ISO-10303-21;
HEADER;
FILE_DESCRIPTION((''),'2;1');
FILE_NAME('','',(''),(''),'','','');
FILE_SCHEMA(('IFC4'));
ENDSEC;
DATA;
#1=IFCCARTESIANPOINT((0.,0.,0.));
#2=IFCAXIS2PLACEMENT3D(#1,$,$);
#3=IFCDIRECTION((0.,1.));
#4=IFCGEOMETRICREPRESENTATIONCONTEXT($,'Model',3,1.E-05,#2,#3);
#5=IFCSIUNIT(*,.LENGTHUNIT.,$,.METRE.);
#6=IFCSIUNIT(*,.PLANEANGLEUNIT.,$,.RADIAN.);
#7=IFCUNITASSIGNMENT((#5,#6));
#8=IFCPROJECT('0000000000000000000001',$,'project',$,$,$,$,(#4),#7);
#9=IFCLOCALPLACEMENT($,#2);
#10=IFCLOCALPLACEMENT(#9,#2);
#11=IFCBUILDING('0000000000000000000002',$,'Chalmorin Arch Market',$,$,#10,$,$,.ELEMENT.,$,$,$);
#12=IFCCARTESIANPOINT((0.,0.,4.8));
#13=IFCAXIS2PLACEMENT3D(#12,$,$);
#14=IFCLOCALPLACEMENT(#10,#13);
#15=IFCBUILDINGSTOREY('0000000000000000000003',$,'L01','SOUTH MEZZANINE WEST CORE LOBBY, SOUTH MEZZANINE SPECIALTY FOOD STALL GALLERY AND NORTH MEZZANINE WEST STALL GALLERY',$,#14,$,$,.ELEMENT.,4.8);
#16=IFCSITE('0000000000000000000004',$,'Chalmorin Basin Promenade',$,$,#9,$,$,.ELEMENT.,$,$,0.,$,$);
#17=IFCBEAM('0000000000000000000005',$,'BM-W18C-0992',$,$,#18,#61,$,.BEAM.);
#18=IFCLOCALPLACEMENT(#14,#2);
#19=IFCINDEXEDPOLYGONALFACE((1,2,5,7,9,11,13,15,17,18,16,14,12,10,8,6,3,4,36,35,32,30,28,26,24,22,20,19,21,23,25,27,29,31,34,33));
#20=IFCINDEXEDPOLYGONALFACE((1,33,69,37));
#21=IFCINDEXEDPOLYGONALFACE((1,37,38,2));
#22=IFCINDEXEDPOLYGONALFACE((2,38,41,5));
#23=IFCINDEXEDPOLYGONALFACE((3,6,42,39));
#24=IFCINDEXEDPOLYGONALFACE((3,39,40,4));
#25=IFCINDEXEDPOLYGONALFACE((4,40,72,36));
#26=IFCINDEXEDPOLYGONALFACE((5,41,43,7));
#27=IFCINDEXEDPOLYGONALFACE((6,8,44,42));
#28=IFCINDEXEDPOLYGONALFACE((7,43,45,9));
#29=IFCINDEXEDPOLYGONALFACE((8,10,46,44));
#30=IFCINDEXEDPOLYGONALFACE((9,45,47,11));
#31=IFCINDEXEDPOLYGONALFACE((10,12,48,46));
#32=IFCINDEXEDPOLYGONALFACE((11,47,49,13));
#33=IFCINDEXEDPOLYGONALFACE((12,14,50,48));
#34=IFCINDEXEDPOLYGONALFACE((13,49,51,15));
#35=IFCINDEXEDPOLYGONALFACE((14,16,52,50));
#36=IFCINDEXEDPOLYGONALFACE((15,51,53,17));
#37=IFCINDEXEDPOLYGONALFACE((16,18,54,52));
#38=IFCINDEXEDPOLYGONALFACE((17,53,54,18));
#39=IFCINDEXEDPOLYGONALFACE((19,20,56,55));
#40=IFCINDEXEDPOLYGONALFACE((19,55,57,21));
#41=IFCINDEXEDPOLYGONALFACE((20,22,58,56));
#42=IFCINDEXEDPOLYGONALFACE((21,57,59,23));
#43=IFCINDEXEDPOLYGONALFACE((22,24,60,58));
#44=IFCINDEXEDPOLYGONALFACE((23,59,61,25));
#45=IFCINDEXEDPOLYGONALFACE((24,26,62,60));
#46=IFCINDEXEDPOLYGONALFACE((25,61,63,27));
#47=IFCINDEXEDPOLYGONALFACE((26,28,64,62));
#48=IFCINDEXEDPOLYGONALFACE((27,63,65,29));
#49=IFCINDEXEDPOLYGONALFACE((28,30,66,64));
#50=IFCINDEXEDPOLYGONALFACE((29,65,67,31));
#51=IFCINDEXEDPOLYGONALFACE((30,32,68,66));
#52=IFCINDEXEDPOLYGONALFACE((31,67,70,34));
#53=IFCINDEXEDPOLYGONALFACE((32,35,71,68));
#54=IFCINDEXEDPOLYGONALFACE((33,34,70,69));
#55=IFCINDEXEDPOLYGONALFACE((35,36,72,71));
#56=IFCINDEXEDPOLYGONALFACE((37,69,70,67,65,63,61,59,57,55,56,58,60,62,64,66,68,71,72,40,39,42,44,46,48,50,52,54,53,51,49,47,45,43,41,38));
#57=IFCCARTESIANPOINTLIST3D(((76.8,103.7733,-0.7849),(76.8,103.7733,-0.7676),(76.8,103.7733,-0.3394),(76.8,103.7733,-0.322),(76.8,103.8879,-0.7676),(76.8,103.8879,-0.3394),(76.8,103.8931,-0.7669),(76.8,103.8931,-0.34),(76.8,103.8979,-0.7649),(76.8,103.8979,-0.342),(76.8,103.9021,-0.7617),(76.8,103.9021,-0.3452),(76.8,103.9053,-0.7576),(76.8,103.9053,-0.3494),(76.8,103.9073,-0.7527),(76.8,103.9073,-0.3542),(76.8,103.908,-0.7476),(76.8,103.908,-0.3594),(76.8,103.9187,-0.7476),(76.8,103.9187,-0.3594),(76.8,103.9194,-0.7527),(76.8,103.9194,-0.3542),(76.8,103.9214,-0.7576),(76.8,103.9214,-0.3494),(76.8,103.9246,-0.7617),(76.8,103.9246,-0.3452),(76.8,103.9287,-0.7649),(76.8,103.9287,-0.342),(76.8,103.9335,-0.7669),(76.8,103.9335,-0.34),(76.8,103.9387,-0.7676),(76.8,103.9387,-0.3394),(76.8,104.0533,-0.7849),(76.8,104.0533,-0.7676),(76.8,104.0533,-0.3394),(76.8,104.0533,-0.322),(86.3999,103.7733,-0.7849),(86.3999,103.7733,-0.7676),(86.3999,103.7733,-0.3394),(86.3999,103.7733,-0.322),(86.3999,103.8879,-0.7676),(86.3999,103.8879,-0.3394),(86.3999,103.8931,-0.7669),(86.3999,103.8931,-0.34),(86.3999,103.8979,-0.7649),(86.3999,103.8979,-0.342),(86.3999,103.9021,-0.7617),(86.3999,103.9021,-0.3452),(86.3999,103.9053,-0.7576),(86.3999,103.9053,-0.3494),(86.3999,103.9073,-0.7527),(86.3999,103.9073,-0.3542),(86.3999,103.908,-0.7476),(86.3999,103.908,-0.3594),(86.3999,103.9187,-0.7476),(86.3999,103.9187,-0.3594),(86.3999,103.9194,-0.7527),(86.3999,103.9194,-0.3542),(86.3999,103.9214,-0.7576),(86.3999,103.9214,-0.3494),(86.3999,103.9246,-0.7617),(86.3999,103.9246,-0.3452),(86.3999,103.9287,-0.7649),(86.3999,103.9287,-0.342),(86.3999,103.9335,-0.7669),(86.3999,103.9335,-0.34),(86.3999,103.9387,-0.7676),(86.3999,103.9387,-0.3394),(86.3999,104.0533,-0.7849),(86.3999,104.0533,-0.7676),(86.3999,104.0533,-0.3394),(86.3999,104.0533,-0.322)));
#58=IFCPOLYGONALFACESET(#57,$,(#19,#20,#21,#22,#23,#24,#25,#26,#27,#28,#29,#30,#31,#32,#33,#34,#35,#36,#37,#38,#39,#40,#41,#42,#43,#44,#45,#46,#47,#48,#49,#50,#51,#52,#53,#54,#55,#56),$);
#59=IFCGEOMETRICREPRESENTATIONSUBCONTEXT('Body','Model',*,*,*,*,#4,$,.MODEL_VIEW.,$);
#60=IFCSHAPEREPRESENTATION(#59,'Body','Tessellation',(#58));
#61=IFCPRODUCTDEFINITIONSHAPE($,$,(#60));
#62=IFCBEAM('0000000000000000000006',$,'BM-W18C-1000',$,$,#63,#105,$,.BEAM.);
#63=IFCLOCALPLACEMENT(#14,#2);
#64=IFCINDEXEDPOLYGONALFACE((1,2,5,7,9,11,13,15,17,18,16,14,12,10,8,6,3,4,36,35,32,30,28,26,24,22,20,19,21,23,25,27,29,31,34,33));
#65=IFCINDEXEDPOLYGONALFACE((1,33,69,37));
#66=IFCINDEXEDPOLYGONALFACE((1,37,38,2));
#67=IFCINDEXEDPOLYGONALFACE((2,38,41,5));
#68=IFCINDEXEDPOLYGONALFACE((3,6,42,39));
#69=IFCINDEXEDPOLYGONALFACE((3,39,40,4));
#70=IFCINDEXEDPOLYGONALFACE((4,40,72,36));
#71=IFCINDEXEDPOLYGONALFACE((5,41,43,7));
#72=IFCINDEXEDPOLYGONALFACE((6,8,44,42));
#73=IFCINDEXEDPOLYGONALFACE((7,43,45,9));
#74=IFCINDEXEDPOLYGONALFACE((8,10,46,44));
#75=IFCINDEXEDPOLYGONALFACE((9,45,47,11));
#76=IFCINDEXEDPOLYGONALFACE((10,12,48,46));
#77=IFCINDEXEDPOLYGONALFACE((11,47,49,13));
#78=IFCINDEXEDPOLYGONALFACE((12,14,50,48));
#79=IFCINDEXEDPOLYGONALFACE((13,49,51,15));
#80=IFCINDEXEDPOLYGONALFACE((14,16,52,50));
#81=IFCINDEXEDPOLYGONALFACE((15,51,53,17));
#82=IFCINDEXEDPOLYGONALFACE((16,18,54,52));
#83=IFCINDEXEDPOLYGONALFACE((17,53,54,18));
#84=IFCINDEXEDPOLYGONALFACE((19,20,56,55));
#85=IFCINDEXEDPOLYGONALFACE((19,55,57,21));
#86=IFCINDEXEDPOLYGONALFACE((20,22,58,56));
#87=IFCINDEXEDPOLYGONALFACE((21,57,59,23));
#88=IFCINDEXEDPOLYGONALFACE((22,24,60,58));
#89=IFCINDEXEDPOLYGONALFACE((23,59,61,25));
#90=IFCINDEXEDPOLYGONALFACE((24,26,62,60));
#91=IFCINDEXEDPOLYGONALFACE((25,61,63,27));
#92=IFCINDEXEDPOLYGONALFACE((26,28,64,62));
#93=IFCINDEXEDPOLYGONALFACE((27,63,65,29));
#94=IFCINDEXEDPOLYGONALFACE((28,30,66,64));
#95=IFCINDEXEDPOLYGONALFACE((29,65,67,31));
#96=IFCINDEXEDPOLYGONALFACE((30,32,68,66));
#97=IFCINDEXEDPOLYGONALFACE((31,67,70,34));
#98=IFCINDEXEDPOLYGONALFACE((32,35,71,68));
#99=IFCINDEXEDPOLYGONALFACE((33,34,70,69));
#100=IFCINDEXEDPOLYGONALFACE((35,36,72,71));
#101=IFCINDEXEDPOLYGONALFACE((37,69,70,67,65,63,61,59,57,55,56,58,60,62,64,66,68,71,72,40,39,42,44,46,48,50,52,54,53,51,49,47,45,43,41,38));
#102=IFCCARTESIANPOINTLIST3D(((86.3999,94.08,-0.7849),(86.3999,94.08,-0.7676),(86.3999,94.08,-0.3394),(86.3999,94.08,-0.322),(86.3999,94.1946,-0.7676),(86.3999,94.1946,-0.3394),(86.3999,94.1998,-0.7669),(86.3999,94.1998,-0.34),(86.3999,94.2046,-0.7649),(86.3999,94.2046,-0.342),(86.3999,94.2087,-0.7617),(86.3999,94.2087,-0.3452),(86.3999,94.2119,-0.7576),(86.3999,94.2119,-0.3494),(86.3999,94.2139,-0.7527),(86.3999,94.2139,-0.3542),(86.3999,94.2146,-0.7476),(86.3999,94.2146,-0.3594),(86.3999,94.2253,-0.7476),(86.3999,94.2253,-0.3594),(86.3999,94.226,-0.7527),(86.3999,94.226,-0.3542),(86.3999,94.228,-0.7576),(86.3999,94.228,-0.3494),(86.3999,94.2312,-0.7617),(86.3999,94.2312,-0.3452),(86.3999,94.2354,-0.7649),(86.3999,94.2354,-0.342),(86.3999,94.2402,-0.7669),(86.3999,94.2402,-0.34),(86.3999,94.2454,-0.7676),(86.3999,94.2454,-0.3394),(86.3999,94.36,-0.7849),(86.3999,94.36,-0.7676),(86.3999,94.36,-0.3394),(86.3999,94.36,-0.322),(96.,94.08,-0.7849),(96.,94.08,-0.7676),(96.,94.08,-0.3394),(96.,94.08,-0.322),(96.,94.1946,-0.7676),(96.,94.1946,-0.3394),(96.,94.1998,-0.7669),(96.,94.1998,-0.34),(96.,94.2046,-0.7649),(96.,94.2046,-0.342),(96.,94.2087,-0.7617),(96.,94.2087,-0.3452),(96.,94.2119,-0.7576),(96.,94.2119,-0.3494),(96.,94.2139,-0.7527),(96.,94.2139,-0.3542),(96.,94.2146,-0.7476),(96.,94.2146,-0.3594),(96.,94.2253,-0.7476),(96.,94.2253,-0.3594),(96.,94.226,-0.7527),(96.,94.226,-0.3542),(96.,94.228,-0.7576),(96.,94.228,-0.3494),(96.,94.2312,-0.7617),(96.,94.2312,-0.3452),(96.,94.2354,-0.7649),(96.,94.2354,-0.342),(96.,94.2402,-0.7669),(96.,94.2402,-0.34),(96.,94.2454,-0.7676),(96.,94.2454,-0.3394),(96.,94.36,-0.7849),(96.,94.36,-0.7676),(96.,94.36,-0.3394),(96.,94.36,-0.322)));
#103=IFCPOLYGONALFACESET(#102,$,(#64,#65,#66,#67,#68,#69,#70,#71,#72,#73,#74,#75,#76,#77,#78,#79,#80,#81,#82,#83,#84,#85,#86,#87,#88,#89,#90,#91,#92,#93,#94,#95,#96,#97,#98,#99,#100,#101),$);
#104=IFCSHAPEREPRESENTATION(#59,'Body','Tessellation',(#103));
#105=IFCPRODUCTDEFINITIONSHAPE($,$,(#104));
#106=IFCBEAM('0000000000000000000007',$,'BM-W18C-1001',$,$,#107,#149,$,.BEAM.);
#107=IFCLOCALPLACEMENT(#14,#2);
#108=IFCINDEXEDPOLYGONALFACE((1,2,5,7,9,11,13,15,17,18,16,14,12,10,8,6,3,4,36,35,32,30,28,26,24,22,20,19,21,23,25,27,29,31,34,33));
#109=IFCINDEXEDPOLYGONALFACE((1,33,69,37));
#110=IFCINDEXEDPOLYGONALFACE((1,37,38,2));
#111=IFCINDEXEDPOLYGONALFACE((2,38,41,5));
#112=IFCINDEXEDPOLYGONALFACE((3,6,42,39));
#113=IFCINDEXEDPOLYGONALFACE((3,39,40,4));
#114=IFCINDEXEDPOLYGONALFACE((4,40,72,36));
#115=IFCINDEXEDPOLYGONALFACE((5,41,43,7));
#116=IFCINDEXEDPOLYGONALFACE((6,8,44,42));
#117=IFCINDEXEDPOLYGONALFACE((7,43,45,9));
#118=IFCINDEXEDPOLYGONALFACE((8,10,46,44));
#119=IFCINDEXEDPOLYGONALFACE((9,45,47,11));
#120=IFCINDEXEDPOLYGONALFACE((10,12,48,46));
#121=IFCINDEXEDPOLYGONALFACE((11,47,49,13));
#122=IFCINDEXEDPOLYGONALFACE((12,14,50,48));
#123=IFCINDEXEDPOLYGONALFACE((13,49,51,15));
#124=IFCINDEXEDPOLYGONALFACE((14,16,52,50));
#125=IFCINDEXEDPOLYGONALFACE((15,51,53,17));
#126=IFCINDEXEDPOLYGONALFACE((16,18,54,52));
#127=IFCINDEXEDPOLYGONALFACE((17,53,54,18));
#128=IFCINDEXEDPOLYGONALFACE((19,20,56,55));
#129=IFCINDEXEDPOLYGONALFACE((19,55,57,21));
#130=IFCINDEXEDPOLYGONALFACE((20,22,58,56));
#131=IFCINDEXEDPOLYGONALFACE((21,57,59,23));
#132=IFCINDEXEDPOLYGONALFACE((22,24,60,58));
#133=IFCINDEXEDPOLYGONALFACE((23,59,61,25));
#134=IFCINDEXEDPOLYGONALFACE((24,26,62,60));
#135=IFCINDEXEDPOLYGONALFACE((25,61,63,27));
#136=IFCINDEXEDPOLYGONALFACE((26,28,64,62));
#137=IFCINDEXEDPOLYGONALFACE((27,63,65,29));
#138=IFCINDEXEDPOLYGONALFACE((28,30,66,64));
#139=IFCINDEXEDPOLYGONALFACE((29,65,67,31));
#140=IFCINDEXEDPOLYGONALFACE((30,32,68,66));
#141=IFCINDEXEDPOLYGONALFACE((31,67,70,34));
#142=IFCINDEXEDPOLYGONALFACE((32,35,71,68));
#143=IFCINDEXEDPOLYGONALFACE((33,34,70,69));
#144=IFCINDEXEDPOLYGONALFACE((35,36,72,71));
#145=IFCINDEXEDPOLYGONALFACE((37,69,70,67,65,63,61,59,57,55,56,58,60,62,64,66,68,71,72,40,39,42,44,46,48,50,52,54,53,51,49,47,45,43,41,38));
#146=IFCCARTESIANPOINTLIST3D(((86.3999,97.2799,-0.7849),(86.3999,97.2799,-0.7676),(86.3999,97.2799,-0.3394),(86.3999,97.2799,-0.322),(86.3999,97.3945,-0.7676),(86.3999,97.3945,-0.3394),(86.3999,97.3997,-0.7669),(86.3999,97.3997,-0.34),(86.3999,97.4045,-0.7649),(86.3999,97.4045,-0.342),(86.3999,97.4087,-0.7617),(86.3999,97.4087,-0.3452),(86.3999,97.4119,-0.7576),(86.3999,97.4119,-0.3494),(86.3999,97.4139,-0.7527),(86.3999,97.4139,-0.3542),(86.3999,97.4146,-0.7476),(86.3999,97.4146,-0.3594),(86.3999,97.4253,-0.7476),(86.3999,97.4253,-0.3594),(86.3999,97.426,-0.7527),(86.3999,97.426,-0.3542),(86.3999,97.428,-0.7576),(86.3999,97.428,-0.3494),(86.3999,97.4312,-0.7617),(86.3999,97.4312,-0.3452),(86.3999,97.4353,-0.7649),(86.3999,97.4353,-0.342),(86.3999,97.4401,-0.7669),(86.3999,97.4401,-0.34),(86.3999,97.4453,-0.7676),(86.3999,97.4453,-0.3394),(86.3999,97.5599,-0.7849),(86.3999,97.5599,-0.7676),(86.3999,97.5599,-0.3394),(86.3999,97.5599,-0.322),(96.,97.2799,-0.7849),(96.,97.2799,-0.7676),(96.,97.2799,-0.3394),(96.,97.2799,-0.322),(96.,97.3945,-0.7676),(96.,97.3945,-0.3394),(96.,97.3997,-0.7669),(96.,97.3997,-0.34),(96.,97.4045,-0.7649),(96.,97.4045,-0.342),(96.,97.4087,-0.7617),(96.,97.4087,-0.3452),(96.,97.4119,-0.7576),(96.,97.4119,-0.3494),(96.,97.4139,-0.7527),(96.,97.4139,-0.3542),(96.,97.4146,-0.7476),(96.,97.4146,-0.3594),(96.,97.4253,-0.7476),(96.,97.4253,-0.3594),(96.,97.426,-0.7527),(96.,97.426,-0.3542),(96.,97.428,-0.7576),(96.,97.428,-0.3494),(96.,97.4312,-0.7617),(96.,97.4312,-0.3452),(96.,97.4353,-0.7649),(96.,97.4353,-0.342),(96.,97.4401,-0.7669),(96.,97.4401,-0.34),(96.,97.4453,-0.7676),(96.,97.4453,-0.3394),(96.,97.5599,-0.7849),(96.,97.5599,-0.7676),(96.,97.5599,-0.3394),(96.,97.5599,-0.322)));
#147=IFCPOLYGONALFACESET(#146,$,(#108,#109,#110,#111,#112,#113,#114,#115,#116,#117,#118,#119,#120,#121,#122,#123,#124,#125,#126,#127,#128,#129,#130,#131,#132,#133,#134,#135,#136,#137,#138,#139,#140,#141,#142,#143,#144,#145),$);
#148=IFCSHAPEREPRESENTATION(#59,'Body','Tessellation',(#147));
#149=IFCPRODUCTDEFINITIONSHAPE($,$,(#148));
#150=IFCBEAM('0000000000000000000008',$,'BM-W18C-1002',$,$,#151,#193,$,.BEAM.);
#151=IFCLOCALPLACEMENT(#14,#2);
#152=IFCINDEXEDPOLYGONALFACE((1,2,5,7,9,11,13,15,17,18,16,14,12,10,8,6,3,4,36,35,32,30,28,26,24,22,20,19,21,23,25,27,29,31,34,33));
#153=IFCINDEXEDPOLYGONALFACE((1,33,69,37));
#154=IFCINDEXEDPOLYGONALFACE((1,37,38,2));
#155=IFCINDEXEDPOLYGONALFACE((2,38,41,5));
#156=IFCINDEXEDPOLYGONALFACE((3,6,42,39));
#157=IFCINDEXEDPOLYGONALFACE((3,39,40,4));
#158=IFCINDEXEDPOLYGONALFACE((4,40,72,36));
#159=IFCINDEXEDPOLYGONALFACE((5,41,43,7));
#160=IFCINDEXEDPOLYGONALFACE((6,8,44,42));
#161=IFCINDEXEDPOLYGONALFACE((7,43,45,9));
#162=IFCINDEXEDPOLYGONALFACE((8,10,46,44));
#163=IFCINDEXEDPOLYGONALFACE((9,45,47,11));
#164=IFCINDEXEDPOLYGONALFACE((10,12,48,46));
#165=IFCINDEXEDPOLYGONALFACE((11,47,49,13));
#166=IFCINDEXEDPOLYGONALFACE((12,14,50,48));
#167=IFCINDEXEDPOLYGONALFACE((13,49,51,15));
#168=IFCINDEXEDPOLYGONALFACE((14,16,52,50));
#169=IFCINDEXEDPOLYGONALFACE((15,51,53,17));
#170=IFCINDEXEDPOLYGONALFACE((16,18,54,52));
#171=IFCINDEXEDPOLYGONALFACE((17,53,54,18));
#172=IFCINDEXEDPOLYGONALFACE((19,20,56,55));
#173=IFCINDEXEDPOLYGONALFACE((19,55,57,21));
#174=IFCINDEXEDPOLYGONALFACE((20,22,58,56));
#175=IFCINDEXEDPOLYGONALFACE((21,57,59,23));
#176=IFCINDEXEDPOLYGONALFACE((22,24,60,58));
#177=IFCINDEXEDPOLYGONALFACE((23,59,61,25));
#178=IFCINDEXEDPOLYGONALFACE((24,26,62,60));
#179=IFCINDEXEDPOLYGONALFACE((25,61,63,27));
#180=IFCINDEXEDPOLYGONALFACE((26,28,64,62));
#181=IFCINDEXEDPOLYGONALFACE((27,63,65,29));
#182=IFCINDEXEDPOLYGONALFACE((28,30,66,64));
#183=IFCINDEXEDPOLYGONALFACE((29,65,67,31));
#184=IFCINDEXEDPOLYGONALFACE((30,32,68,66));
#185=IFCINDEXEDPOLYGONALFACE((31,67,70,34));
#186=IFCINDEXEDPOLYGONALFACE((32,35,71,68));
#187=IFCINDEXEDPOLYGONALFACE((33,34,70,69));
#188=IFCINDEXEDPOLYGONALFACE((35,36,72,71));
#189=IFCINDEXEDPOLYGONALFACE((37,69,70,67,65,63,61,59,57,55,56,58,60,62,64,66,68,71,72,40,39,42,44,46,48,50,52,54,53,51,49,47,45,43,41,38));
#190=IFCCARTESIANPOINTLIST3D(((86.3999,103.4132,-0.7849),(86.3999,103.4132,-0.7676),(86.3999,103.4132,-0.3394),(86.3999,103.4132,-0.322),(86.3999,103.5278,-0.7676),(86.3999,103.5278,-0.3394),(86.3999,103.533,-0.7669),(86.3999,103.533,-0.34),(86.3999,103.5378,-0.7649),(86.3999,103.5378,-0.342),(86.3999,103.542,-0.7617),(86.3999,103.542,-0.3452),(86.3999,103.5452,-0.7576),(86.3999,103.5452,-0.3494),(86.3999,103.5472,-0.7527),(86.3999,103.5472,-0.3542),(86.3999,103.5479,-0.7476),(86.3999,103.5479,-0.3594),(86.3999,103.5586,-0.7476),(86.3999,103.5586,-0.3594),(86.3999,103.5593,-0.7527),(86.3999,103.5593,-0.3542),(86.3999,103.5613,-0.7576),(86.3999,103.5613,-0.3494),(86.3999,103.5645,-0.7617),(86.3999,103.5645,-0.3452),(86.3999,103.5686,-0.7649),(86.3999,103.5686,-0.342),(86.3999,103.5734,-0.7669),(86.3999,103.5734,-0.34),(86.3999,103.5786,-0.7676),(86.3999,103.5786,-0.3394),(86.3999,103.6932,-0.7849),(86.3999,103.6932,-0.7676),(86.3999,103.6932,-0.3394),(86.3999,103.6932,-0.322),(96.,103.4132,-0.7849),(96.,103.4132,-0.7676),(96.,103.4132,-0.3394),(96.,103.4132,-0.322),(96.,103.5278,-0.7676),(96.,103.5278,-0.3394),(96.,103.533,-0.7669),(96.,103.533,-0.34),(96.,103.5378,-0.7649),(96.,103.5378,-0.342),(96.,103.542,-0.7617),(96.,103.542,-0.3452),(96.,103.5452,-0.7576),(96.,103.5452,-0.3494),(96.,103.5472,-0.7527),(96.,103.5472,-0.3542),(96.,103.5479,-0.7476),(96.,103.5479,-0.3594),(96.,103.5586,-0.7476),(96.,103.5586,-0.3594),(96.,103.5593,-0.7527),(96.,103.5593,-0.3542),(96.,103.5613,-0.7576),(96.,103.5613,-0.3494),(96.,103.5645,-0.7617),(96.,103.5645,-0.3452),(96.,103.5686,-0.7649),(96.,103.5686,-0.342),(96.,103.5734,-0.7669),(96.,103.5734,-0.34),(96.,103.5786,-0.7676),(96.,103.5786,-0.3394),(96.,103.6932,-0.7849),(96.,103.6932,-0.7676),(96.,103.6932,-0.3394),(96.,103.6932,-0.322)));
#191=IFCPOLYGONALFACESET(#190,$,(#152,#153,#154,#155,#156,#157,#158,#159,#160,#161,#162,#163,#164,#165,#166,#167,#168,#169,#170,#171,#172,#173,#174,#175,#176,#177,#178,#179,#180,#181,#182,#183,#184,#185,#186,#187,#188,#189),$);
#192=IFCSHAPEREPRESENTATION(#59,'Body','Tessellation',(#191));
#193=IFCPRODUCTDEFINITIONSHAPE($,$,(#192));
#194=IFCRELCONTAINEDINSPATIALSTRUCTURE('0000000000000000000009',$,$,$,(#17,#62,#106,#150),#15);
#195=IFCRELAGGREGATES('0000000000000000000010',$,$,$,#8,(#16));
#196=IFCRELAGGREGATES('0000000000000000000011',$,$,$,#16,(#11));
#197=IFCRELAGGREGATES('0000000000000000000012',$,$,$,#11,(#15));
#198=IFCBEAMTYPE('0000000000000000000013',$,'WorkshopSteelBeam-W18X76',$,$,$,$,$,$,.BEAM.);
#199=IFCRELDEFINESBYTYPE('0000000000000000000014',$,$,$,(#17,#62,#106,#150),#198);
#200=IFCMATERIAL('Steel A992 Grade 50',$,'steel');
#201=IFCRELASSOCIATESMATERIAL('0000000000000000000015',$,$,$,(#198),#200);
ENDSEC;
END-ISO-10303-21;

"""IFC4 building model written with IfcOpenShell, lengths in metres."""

from ifc_helpers import new_model, si_unit, direction, frame, origin, origin_2d, place, context, subcontext, project, spatial, i_section, extrude, material, material_profile, profile_set, type_object, element, save


model = new_model("IFC4")

# Units and contexts
model_context = context("Model", 3, precision=1e-05, world=origin(), true_north=direction((0.0, 1.0)))
body_context = subcontext(model_context, "Body", "Model", "MODEL_VIEW")
ifc_project = project(units=[si_unit("LENGTHUNIT", "METRE"), si_unit("PLANEANGLEUNIT", "RADIAN")], contexts=[model_context])

# Site, building, storey
site_placement = place(None, origin())
site = spatial("IfcSite", under=ifc_project, at=site_placement, Name="Chalmorin Basin Promenade", CompositionType="ELEMENT", RefElevation=0.0)
building_placement = place(site_placement, origin())
building = spatial("IfcBuilding", under=site, at=building_placement, Name="Chalmorin Arch Market", CompositionType="ELEMENT")
storey_placement = place(building_placement, frame((0.0, 0.0, 4.8)))
storey = spatial("IfcBuildingStorey", under=building, at=storey_placement, Name="L01", Description="SOUTH MEZZANINE WEST CORE LOBBY, SOUTH MEZZANINE SPECIALTY FOOD STALL GALLERY AND NORTH MEZZANINE WEST STALL GALLERY", CompositionType="ELEMENT", Elevation=4.8)

# Beams
ifc_material_1 = material(Name="Steel A992 Grade 50", Category="steel")
ifc_material_profile_1 = material_profile(ifc_material_1, i_section(OverallWidth=0.28, OverallDepth=0.4629, WebThickness=0.0107, FlangeThickness=0.0173, FilletRadius=0.02, at=origin_2d()), Name="W18X76")
ifc_profile_set_1 = profile_set([ifc_material_profile_1], Name="Steel A992 Grade 50")
beam_type_1 = type_object("IfcBeamType", Name="WorkshopSteelBeam-W18X76", PredefinedType="BEAM", material=ifc_profile_set_1)
for number, where, z_axis, x_axis, name in (
    (1, (76.8, 103.9133, -0.5535), (1.0, 0.0, 0.0), (0.0, 1.0, 0.0), "BM-W18C-0992"),
):
    element("IfcBeam", number, at=place(storey_placement, frame(where, z_axis=z_axis, x_axis=x_axis)), inside=storey, type_object=beam_type_1, Name=name, PredefinedType="BEAM", context=body_context, shape_type="SweptSolid", body=[
        extrude(i_section(OverallWidth=0.28, OverallDepth=0.4629, WebThickness=0.0107, FlangeThickness=0.0173, FilletRadius=0.02, at=origin_2d()), origin(), (0.0, 0.0, 1.0), 9.5999),
    ])
for number, where, z_axis, x_axis, name in (
    (2, (86.3999, 94.22, -0.5535), (1.0, 0.0, 0.0), (0.0, 1.0, 0.0), "BM-W18C-1000"),
    (3, (86.3999, 97.4199, -0.5535), (1.0, 0.0, 0.0), (0.0, 1.0, 0.0), "BM-W18C-1001"),
    (4, (86.3999, 103.5532, -0.5535), (1.0, 0.0, 0.0), (0.0, 1.0, 0.0), "BM-W18C-1002"),
):
    element("IfcBeam", number, at=place(storey_placement, frame(where, z_axis=z_axis, x_axis=x_axis)), inside=storey, type_object=beam_type_1, Name=name, PredefinedType="BEAM", context=body_context, shape_type="SweptSolid", body=[
        extrude(i_section(OverallWidth=0.28, OverallDepth=0.4629, WebThickness=0.0107, FlangeThickness=0.0173, FilletRadius=0.02, at=origin_2d()), origin(), (0.0, 0.0, 1.0), 9.6001),
    ])

save(model, "model.ifc")
